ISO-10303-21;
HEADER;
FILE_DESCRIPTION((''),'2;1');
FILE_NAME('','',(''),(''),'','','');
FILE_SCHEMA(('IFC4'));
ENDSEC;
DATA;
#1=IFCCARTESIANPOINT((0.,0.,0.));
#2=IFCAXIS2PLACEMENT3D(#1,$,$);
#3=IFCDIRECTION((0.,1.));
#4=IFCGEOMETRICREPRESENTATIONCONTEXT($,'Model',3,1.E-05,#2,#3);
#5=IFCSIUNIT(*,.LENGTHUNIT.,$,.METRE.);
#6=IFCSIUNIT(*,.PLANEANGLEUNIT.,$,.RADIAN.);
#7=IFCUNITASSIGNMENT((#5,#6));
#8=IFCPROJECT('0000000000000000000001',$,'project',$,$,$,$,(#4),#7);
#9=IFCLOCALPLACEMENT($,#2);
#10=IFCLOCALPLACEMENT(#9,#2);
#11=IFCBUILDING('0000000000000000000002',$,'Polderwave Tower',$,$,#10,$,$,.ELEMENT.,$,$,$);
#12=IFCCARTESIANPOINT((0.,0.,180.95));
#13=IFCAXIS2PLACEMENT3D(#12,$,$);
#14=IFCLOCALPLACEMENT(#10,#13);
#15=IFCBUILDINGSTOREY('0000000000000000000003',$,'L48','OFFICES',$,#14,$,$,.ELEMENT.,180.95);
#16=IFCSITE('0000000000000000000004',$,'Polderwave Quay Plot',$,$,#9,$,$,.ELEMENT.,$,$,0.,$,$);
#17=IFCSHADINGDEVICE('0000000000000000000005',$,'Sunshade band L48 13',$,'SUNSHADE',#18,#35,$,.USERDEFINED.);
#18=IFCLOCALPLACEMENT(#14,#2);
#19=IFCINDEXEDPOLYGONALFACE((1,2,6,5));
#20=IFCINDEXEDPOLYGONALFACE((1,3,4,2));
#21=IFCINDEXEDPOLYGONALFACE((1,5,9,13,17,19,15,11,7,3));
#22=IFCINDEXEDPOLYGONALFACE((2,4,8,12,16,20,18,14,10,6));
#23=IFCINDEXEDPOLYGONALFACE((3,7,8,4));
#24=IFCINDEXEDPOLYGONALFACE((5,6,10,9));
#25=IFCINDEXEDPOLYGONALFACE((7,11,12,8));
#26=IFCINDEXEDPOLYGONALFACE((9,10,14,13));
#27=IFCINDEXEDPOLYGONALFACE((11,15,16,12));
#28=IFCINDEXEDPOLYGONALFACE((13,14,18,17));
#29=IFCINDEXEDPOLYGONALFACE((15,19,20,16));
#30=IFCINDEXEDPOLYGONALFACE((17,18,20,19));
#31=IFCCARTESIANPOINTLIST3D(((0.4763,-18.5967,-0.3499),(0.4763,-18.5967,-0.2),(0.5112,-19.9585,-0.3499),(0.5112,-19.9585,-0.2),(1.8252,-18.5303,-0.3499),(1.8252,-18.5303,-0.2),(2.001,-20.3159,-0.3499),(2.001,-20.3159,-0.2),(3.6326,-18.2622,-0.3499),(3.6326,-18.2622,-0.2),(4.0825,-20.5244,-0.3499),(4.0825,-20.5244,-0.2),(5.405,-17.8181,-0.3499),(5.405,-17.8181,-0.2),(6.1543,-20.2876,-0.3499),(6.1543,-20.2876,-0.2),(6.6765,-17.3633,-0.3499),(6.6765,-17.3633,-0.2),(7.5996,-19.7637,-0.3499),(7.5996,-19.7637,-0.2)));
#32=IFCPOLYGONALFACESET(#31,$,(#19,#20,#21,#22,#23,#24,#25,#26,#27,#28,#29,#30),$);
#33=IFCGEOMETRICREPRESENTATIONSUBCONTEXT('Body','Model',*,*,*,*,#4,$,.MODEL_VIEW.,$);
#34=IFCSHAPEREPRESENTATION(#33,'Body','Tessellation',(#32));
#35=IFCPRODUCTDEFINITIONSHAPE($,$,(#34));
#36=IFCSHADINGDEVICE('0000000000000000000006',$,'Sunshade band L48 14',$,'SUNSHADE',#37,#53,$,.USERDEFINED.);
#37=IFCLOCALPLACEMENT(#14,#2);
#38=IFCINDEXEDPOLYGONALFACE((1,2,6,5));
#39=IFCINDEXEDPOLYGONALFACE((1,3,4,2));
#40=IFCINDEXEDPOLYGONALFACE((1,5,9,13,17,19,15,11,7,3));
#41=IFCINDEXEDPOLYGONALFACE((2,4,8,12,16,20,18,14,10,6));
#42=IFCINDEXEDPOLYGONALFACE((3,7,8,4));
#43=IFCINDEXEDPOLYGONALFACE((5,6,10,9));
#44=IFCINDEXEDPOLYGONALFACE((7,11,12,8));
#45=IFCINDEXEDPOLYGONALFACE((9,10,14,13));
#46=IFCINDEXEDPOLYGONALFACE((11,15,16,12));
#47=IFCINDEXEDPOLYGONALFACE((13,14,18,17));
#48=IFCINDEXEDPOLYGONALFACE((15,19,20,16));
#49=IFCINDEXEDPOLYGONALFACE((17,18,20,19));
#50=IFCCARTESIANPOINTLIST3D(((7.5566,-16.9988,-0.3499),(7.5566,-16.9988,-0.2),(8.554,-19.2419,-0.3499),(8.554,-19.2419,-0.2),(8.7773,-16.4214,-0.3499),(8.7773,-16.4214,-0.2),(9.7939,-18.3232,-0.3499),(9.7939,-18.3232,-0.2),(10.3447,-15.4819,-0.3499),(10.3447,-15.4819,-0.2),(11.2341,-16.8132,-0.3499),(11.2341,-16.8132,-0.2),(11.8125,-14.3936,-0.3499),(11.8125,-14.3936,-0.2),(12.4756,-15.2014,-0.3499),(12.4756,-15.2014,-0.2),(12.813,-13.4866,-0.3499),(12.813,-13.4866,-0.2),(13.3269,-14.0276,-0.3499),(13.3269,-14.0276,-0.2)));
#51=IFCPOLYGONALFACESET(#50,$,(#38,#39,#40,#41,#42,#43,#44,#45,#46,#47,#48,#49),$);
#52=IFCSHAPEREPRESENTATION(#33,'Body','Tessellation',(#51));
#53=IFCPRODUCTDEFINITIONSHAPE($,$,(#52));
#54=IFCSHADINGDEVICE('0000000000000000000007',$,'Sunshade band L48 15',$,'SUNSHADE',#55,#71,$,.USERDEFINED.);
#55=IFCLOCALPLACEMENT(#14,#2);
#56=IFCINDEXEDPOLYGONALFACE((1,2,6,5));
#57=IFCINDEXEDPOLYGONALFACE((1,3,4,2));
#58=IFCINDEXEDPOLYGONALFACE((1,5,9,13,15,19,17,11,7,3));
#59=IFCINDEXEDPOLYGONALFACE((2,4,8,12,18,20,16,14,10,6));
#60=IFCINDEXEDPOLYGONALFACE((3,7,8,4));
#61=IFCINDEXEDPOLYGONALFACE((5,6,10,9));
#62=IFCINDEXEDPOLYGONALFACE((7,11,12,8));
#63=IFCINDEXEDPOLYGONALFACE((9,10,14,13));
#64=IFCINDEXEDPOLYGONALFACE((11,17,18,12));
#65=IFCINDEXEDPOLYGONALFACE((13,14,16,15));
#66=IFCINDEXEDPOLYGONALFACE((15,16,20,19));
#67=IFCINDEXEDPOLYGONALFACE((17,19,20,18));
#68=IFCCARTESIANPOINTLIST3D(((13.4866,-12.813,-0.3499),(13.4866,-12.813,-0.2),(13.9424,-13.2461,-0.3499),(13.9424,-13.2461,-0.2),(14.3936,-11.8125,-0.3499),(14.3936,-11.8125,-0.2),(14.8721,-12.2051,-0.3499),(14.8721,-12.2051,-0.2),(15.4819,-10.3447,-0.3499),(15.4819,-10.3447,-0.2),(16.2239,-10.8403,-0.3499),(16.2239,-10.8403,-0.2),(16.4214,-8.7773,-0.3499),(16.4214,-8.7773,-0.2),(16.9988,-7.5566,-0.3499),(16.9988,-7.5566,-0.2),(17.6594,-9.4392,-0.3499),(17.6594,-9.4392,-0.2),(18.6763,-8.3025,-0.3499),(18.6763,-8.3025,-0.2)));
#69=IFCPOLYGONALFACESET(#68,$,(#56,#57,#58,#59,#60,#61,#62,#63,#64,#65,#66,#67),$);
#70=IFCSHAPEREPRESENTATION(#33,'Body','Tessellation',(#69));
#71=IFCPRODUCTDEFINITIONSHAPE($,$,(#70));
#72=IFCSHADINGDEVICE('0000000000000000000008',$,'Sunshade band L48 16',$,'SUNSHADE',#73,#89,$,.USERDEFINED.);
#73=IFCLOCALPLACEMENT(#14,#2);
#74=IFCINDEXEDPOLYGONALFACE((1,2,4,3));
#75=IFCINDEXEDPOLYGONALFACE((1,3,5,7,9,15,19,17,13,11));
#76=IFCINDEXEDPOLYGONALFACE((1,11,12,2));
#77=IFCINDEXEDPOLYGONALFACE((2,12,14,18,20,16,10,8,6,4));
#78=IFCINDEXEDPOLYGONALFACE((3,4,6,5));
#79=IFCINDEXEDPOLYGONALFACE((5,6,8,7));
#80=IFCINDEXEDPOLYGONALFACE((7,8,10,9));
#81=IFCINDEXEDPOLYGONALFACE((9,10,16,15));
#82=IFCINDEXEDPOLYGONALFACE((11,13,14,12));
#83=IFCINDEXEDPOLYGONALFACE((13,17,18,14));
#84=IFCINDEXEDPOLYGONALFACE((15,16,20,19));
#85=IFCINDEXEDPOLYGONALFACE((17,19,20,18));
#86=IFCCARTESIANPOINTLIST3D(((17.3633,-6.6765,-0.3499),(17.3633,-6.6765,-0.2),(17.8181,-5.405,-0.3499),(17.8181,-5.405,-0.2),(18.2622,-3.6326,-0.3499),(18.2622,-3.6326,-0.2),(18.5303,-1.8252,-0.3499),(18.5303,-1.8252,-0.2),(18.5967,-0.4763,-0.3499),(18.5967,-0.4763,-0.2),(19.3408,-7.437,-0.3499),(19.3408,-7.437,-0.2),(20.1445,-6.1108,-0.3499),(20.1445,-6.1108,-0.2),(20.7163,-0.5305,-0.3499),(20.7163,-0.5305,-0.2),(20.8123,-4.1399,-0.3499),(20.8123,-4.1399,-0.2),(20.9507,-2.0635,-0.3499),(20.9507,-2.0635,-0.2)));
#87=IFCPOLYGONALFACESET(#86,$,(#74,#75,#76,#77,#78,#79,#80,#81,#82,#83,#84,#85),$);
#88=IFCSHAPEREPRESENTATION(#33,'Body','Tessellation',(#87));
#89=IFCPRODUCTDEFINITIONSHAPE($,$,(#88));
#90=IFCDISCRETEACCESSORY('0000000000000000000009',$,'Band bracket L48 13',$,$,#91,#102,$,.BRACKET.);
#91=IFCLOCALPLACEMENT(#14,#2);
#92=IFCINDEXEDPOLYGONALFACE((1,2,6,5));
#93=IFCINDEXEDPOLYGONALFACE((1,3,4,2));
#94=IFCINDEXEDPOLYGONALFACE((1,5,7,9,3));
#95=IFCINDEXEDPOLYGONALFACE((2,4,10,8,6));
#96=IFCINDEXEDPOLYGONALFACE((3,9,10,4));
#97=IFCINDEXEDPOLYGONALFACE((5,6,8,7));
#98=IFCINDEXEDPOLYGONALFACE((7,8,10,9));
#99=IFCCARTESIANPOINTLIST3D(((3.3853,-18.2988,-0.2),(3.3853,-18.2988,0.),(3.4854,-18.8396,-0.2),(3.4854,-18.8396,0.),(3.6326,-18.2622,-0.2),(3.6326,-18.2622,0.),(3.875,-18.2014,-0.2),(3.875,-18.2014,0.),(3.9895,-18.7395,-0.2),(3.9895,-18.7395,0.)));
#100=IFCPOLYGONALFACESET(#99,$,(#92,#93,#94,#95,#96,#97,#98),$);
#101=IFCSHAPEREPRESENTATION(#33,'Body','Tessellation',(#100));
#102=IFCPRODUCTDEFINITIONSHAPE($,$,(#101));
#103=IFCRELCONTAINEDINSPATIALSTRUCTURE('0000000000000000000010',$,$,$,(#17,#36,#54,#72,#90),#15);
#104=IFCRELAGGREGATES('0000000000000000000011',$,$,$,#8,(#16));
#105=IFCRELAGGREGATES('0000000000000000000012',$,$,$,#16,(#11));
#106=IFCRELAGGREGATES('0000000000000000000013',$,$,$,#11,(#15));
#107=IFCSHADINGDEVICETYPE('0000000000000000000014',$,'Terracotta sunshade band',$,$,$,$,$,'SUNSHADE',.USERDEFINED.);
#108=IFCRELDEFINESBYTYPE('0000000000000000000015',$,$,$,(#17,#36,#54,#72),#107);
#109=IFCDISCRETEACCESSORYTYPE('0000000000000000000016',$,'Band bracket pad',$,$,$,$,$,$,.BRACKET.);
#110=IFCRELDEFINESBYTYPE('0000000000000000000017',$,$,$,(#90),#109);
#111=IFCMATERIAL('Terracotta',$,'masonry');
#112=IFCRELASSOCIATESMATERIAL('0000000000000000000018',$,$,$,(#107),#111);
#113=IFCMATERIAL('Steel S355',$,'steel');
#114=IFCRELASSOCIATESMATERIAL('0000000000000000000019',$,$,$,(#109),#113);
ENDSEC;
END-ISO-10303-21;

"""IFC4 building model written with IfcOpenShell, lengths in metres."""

from ifc_helpers import new_model, si_unit, direction, frame, origin, place, context, subcontext, project, spatial, polyline, outline, extrude, material, type_object, element, save


model = new_model("IFC4")

# Units and contexts
model_context = context("Model", 3, precision=1e-05, world=origin(), true_north=direction((0.0, 1.0)))
body_context = subcontext(model_context, "Body", "Model", "MODEL_VIEW")
ifc_project = project(units=[si_unit("LENGTHUNIT", "METRE"), si_unit("PLANEANGLEUNIT", "RADIAN")], contexts=[model_context])

# Site, building, storey
site_placement = place(None, origin())
site = spatial("IfcSite", under=ifc_project, at=site_placement, Name="Polderwave Quay Plot", CompositionType="ELEMENT", RefElevation=0.0)
building_placement = place(site_placement, origin())
building = spatial("IfcBuilding", under=site, at=building_placement, Name="Polderwave Tower", CompositionType="ELEMENT")
storey_placement = place(building_placement, frame((0.0, 0.0, 180.95)))
storey = spatial("IfcBuildingStorey", under=building, at=storey_placement, Name="L48", Description="OFFICES", CompositionType="ELEMENT", Elevation=180.95)

# Shared definitions
ifc_material_1 = material(Name="Steel S355", Category="steel")

# Shading devices
ifc_material_2 = material(Name="Terracotta", Category="masonry")
shading_device_type = type_object("IfcShadingDeviceType", Name="Terracotta sunshade band", ElementType="SUNSHADE", PredefinedType="USERDEFINED", material=ifc_material_2)
shading_device_1_placement = place(storey_placement, frame((0.0, 0.0, -0.3499)))
element("IfcShadingDevice", 1, at=shading_device_1_placement, inside=storey, type_object=shading_device_type, Name="Sunshade band L48 13", ObjectType="SUNSHADE", PredefinedType="USERDEFINED", context=body_context, shape_type="SweptSolid", body=[
    extrude(outline(polyline([(0.4763, -18.5967), (1.8252, -18.5303), (3.6326, -18.2622), (5.405, -17.8181), (6.6765, -17.3633), (7.5996, -19.7637), (6.1543, -20.2876), (4.0825, -20.5244), (2.001, -20.3159), (0.5112, -19.9585), (0.4763, -18.5967)])), origin(), (0.0, 0.0, 1.0), 0.1499),
])
shading_device_2_placement = place(storey_placement, frame((0.0, 0.0, -0.3499)))
element("IfcShadingDevice", 2, at=shading_device_2_placement, inside=storey, type_object=shading_device_type, Name="Sunshade band L48 14", ObjectType="SUNSHADE", PredefinedType="USERDEFINED", context=body_context, shape_type="SweptSolid", body=[
    extrude(outline(polyline([(7.5566, -16.9988), (8.7773, -16.4214), (10.3447, -15.4819), (11.8125, -14.3936), (12.813, -13.4866), (13.3269, -14.0276), (12.4756, -15.2014), (11.2341, -16.8132), (9.7939, -18.3232), (8.554, -19.2419), (7.5566, -16.9988)])), origin(), (0.0, 0.0, 1.0), 0.1499),
])
shading_device_3_placement = place(storey_placement, frame((0.0, 0.0, -0.3499)))
element("IfcShadingDevice", 3, at=shading_device_3_placement, inside=storey, type_object=shading_device_type, Name="Sunshade band L48 15", ObjectType="SUNSHADE", PredefinedType="USERDEFINED", context=body_context, shape_type="SweptSolid", body=[
    extrude(outline(polyline([(13.4866, -12.813), (14.3936, -11.8125), (15.4819, -10.3447), (16.4214, -8.7773), (16.9988, -7.5566), (18.6763, -8.3025), (17.6594, -9.4392), (16.2239, -10.8403), (14.8721, -12.2051), (13.9424, -13.2461), (13.4866, -12.813)])), origin(), (0.0, 0.0, 1.0), 0.1499),
])
shading_device_4_placement = place(storey_placement, frame((0.0, 0.0, -0.3499)))
element("IfcShadingDevice", 4, at=shading_device_4_placement, inside=storey, type_object=shading_device_type, Name="Sunshade band L48 16", ObjectType="SUNSHADE", PredefinedType="USERDEFINED", context=body_context, shape_type="SweptSolid", body=[
    extrude(outline(polyline([(17.3633, -6.6765), (17.8181, -5.405), (18.2622, -3.6326), (18.5303, -1.8252), (18.5967, -0.4763), (20.7163, -0.5305), (20.9507, -2.0635), (20.8123, -4.1399), (20.1445, -6.1108), (19.3408, -7.437), (17.3633, -6.6765)])), origin(), (0.0, 0.0, 1.0), 0.1499),
])

# Discrete accessory
discrete_accessory_type = type_object("IfcDiscreteAccessoryType", Name="Band bracket pad", PredefinedType="BRACKET", material=ifc_material_1)
discrete_accessory_placement = place(storey_placement, frame((0.0, 0.0, -0.2)))
element("IfcDiscreteAccessory", 5, at=discrete_accessory_placement, inside=storey, type_object=discrete_accessory_type, Name="Band bracket L48 13", PredefinedType="BRACKET", context=body_context, shape_type="SweptSolid", body=[
    extrude(outline(polyline([(3.3853, -18.2988), (3.6326, -18.2622), (3.875, -18.2014), (3.9895, -18.7395), (3.4854, -18.8396), (3.3853, -18.2988)])), origin(), (0.0, 0.0, 1.0), 0.2),
])

save(model, "model.ifc")
